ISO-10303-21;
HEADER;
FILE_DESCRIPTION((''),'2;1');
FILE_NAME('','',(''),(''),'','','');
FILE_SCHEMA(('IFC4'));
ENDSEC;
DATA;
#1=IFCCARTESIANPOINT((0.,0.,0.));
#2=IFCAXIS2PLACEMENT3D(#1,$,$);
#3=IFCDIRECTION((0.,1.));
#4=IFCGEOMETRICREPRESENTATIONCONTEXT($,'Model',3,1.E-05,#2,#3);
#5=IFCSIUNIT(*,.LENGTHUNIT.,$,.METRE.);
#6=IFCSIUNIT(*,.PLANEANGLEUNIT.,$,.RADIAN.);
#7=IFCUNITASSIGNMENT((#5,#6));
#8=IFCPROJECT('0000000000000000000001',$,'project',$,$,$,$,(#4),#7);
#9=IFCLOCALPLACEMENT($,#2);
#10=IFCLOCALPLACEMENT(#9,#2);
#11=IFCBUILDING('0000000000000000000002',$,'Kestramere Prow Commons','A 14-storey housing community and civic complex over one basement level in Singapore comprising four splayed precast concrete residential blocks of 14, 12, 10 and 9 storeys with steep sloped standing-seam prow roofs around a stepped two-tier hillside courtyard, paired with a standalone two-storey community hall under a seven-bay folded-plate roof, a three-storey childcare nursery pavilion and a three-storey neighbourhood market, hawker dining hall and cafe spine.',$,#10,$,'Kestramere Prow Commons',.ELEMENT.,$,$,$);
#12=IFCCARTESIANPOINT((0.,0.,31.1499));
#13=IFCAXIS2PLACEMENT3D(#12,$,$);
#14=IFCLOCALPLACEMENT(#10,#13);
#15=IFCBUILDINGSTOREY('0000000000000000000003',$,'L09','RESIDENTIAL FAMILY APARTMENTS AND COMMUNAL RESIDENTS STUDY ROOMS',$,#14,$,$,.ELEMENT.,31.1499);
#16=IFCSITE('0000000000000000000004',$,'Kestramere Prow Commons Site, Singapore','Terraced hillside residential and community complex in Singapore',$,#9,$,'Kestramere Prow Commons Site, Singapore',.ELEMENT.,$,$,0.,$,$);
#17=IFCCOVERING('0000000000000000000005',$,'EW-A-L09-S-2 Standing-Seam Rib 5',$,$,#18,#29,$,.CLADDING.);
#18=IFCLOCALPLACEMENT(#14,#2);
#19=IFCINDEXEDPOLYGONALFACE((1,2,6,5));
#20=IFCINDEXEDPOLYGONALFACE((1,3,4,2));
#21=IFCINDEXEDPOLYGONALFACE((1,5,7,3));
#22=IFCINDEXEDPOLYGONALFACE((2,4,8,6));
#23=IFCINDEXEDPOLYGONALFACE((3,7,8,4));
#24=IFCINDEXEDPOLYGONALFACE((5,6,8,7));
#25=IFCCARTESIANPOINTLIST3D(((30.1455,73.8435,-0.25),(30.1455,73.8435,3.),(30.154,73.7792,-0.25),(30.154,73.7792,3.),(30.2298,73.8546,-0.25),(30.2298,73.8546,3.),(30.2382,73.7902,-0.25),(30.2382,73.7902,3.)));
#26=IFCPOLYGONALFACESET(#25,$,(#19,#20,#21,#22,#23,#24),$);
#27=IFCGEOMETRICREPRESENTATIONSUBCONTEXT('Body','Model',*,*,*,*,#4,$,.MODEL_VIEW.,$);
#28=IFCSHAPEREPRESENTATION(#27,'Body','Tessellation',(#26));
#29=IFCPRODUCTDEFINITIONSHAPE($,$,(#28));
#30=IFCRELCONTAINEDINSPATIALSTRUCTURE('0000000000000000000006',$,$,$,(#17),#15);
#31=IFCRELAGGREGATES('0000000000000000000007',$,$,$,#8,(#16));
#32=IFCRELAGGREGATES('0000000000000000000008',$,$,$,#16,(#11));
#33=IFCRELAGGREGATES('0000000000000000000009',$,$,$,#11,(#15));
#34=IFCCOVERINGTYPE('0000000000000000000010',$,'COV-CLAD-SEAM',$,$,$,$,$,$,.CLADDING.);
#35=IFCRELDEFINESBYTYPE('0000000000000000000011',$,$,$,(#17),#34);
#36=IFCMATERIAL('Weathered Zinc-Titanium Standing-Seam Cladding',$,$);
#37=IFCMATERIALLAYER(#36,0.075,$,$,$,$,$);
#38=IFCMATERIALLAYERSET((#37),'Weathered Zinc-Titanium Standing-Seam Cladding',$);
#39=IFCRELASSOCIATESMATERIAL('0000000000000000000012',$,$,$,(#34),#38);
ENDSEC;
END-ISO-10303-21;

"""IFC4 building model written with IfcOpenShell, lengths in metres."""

from ifc_helpers import new_model, si_unit, direction, frame, origin, origin_2d, place, context, subcontext, project, spatial, rectangle, extrude, material, layer, layer_set, type_object, element, save


model = new_model("IFC4")

# Units and contexts
model_context = context("Model", 3, precision=1e-05, world=origin(), true_north=direction((0.0, 1.0)))
body_context = subcontext(model_context, "Body", "Model", "MODEL_VIEW")
ifc_project = project(units=[si_unit("LENGTHUNIT", "METRE"), si_unit("PLANEANGLEUNIT", "RADIAN")], contexts=[model_context])

# Site, building, storey
site_placement = place(None, origin())
site = spatial("IfcSite", under=ifc_project, at=site_placement, Name="Kestramere Prow Commons Site, Singapore", Description="Terraced hillside residential and community complex in Singapore", LongName="Kestramere Prow Commons Site, Singapore", CompositionType="ELEMENT", RefElevation=0.0)
building_placement = place(site_placement, origin())
building = spatial("IfcBuilding", under=site, at=building_placement, Name="Kestramere Prow Commons", Description="A 14-storey housing community and civic complex over one basement level in Singapore comprising four splayed precast concrete residential blocks of 14, 12, 10 and 9 storeys with steep sloped standing-seam prow roofs around a stepped two-tier hillside courtyard, paired with a standalone two-storey community hall under a seven-bay folded-plate roof, a three-storey childcare nursery pavilion and a three-storey neighbourhood market, hawker dining hall and cafe spine.", LongName="Kestramere Prow Commons", CompositionType="ELEMENT")
storey_placement = place(building_placement, frame((0.0, 0.0, 31.1499)))
storey = spatial("IfcBuildingStorey", under=building, at=storey_placement, Name="L09", Description="RESIDENTIAL FAMILY APARTMENTS AND COMMUNAL RESIDENTS STUDY ROOMS", CompositionType="ELEMENT", Elevation=31.1499)

# Covering
ifc_material_1 = material(Name="Weathered Zinc-Titanium Standing-Seam Cladding")
ifc_layer_1 = layer(ifc_material_1, 0.075)
ifc_layer_set_1 = layer_set([ifc_layer_1], Name="Weathered Zinc-Titanium Standing-Seam Cladding")
covering_type = type_object("IfcCoveringType", Name="COV-CLAD-SEAM", PredefinedType="CLADDING", material=ifc_layer_set_1)
for number, where, z_axis, x_axis, name in (
    (1, (30.1919, 73.8169, -0.25), (0.0, 0.0, 1.0), (-0.991445, -0.130526, 0.0), "EW-A-L09-S-2 Standing-Seam Rib 5"),
):
    element("IfcCovering", number, at=place(storey_placement, frame(where, z_axis=z_axis, x_axis=x_axis)), inside=storey, type_object=covering_type, Name=name, PredefinedType="CLADDING", context=body_context, shape_type="SweptSolid", body=[
        extrude(rectangle(XDim=0.085, YDim=0.0649, at=origin_2d()), origin(), (0.0, 0.0, 1.0), 3.25),
    ])

save(model, "model.ifc")
